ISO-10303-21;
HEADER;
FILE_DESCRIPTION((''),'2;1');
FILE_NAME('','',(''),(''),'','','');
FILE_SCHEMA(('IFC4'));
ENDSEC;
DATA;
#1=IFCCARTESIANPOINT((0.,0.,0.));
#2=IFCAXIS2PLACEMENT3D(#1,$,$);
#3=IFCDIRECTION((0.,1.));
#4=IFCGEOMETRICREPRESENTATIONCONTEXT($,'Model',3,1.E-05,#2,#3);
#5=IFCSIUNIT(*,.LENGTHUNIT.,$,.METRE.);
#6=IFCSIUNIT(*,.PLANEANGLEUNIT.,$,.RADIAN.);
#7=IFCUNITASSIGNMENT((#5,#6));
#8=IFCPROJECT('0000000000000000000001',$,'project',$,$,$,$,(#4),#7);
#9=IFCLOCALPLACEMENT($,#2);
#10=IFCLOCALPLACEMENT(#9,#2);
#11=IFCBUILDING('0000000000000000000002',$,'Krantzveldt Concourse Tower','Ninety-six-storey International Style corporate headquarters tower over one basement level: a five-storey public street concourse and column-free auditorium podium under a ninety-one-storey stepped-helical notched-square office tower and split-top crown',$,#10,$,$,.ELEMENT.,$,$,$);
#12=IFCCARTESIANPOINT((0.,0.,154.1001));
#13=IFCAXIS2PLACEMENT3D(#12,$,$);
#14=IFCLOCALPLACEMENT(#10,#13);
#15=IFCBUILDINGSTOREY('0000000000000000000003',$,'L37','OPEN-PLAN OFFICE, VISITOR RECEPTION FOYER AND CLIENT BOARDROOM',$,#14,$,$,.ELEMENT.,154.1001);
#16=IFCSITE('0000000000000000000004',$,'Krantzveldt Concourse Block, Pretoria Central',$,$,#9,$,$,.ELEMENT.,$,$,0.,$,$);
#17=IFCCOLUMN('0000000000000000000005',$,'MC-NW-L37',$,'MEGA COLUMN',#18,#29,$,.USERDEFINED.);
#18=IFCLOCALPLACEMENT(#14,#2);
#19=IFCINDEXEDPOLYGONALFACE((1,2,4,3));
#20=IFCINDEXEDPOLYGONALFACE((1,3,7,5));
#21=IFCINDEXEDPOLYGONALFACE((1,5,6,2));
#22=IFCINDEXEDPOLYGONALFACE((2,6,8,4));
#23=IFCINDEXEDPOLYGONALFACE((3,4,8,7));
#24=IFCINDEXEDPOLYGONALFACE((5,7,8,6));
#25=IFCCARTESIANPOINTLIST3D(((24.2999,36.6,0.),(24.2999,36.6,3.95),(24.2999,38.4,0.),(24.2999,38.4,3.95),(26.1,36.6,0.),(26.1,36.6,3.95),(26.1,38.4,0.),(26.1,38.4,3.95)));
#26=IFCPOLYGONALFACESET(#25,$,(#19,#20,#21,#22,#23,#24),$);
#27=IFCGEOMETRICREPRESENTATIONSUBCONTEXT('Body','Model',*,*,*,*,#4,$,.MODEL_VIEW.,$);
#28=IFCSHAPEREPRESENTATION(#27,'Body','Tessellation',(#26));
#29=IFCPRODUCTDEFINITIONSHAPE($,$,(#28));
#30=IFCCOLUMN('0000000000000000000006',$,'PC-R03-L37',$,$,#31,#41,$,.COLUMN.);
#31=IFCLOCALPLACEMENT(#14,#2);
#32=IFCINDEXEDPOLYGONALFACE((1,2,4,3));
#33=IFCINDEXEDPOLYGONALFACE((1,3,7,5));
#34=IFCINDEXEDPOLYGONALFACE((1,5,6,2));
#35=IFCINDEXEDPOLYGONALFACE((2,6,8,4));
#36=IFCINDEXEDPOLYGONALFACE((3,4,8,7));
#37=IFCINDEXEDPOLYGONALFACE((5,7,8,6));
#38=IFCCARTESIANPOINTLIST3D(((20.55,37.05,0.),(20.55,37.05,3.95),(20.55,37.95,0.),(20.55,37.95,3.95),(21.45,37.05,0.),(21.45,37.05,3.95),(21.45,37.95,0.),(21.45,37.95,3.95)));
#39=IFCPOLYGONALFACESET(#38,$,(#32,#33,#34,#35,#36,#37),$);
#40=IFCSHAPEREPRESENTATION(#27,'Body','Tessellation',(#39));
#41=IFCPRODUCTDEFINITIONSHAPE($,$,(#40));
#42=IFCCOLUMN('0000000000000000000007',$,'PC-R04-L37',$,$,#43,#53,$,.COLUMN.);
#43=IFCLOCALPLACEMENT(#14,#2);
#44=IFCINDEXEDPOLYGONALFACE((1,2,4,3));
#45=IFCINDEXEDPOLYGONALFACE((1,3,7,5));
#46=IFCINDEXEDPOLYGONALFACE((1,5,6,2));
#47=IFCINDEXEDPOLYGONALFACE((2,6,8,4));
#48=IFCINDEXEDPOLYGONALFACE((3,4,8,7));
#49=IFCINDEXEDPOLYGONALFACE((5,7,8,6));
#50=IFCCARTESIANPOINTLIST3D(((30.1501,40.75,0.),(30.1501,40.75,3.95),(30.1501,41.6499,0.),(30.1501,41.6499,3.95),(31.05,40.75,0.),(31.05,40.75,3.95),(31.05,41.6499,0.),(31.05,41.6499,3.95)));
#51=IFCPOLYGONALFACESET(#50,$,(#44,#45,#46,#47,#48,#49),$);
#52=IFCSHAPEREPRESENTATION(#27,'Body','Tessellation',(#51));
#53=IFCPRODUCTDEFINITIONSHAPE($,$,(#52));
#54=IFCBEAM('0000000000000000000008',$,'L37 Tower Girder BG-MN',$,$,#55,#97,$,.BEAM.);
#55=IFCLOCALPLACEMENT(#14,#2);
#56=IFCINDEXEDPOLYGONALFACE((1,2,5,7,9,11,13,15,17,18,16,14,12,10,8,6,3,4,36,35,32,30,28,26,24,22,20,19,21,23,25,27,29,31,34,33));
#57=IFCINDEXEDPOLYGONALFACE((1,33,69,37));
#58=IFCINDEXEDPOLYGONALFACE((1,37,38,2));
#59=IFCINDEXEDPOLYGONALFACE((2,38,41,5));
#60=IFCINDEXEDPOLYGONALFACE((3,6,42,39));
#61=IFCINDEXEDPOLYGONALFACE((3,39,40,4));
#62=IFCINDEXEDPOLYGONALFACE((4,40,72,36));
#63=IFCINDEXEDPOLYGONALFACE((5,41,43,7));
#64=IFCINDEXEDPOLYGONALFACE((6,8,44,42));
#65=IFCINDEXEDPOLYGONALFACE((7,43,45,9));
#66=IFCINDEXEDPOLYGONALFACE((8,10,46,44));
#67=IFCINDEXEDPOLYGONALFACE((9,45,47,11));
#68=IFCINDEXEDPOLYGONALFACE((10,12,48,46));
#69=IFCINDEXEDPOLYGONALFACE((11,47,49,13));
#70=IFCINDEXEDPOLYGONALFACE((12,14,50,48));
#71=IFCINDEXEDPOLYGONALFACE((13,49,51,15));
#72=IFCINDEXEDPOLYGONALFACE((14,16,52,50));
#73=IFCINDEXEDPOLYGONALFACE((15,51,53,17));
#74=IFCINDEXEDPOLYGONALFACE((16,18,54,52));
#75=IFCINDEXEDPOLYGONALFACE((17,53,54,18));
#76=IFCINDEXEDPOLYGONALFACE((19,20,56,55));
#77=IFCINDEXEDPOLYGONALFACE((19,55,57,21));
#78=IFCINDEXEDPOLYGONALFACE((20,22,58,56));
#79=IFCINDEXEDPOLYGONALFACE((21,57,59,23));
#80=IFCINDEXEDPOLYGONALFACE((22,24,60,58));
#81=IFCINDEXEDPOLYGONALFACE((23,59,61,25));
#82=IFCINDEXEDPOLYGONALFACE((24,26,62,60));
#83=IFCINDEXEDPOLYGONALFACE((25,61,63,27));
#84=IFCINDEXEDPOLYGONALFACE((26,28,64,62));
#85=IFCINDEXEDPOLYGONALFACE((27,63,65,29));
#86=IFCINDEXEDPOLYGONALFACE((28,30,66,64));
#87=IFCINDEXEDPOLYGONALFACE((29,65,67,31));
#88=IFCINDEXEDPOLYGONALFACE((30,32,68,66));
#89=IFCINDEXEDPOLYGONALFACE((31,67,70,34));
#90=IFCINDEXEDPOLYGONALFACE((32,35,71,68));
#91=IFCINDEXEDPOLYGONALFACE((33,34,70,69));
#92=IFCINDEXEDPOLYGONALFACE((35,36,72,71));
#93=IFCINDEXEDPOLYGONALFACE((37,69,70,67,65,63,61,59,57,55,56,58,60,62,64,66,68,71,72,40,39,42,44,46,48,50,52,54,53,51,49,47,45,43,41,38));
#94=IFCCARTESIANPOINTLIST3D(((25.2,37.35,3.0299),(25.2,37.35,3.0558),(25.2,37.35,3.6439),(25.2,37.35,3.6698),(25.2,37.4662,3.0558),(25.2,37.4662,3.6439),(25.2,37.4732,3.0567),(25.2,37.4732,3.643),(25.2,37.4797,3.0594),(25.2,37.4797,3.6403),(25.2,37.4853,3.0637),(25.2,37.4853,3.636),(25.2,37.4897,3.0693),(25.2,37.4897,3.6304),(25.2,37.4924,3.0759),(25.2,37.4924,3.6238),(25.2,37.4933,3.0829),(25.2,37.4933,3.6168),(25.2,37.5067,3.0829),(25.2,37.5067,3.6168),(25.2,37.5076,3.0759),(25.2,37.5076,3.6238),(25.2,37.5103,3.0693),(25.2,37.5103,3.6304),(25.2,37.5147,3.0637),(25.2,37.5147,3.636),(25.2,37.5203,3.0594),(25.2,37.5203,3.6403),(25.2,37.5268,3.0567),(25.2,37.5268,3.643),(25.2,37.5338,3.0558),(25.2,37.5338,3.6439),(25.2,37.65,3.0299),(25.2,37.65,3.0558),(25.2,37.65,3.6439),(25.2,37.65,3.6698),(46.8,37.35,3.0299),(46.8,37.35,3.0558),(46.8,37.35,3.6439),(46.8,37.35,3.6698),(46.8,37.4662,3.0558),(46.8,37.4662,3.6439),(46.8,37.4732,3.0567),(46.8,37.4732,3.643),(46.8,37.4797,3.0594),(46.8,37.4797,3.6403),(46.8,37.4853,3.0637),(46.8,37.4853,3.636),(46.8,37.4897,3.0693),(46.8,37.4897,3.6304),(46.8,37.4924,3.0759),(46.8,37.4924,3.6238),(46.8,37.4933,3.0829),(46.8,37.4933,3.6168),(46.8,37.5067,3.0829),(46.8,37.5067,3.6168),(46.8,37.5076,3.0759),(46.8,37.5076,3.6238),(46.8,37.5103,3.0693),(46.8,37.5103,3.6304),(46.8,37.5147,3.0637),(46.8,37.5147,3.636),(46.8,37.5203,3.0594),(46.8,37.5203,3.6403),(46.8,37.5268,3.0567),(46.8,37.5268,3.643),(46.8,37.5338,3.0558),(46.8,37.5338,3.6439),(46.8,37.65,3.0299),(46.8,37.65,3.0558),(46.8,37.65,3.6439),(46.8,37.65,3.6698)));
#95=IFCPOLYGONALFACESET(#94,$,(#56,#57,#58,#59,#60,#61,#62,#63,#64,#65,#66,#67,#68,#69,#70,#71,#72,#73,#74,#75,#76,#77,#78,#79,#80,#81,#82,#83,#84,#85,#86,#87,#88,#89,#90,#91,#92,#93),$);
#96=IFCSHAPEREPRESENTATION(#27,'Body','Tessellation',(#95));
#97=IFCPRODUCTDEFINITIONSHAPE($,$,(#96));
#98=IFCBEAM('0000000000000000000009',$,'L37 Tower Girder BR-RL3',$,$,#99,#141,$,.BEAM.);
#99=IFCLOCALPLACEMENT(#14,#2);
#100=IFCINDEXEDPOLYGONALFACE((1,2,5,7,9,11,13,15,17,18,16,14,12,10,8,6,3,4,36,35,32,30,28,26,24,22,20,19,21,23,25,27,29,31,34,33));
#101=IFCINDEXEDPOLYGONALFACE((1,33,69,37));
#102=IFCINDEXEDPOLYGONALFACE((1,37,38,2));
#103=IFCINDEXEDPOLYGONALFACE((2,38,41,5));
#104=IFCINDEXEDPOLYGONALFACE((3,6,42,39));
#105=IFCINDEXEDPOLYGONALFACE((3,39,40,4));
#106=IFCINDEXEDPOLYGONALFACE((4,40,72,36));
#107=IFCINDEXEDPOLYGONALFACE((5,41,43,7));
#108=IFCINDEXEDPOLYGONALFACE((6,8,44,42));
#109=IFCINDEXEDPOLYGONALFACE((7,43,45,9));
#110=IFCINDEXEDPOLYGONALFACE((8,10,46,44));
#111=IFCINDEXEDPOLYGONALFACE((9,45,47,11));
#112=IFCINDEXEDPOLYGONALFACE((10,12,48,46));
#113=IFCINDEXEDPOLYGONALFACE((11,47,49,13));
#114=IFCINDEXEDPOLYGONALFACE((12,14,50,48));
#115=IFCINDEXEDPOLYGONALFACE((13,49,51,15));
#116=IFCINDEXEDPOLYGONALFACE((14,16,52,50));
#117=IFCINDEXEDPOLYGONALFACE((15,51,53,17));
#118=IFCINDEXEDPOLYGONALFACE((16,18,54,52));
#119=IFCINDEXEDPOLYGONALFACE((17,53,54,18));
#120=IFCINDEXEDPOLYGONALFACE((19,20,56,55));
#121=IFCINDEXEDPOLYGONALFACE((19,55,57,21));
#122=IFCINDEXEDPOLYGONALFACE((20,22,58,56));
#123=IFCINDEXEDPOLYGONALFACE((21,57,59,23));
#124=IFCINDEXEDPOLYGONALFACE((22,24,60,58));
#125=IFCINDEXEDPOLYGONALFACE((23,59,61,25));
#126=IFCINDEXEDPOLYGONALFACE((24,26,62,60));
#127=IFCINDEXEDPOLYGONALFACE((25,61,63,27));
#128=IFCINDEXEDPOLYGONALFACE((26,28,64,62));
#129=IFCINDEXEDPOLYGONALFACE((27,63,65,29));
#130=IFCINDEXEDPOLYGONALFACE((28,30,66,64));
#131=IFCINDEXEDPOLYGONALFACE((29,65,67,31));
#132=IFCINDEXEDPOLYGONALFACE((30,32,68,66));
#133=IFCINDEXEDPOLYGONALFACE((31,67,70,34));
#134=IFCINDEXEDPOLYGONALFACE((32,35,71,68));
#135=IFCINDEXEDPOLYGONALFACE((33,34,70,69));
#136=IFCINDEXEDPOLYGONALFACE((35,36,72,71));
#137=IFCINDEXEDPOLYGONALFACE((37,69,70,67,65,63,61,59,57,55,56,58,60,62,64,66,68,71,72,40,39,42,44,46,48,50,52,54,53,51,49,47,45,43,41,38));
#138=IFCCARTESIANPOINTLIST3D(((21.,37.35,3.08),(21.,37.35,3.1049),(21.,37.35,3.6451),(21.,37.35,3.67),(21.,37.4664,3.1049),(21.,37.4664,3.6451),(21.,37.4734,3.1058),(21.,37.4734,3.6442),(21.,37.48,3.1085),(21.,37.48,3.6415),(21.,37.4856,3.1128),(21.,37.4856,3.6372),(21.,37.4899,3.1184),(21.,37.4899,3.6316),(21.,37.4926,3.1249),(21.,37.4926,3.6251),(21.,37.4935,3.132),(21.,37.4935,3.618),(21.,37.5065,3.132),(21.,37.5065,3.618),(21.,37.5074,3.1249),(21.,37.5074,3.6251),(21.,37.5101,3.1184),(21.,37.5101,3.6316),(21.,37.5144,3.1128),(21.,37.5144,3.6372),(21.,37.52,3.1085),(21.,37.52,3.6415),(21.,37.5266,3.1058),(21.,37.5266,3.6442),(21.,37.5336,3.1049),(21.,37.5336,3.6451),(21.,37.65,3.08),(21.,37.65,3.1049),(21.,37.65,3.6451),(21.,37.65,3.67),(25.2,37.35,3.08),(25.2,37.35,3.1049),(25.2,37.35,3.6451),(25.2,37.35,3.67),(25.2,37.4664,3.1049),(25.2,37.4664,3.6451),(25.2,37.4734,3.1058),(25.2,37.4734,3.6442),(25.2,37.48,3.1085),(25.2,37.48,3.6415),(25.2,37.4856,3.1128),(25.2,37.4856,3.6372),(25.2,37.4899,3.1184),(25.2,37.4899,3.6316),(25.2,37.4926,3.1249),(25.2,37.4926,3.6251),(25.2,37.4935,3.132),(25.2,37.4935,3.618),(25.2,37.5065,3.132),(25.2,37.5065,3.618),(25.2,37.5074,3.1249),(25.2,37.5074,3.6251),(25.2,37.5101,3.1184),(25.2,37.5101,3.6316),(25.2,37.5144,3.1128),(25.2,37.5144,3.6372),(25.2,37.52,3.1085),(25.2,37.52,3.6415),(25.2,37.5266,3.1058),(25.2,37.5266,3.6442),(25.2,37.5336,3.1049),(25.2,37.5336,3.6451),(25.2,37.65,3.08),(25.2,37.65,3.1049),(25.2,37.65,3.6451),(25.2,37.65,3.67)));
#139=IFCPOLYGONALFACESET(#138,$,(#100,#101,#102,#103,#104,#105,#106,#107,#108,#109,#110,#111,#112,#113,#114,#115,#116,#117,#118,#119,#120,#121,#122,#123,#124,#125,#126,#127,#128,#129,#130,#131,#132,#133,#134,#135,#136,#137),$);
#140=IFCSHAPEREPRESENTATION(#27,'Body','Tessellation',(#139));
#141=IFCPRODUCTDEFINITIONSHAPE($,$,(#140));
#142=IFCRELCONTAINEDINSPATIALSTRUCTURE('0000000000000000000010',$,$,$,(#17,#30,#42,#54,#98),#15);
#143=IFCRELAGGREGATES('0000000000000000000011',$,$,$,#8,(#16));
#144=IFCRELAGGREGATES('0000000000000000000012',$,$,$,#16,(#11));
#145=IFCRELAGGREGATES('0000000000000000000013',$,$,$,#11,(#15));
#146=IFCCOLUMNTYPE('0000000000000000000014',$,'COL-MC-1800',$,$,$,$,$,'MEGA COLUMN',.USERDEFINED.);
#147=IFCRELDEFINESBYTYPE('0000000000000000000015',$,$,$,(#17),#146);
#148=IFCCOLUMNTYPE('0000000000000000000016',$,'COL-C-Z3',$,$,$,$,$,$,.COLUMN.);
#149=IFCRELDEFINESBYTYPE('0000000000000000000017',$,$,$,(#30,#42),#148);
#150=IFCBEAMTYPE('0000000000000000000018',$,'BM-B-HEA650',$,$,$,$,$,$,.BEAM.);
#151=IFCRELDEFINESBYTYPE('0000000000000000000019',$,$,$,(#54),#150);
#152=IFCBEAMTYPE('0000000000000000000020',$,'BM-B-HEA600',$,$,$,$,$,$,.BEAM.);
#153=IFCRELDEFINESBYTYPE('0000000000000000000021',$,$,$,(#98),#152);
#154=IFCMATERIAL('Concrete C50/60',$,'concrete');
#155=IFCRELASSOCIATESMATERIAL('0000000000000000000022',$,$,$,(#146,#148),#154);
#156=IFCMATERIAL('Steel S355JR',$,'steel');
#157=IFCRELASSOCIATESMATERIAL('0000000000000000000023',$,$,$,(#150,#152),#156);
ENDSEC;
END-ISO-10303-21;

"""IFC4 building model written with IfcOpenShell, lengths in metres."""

from ifc_helpers import new_model, si_unit, direction, frame, origin, origin_2d, place, context, subcontext, project, spatial, rectangle, i_section, extrude, source, transform, mapped, material, material_profile, profile_set, type_object, type_shapes, element, save


model = new_model("IFC4")

# Units and contexts
model_context = context("Model", 3, precision=1e-05, world=origin(), true_north=direction((0.0, 1.0)))
body_context = subcontext(model_context, "Body", "Model", "MODEL_VIEW")
ifc_project = project(units=[si_unit("LENGTHUNIT", "METRE"), si_unit("PLANEANGLEUNIT", "RADIAN")], contexts=[model_context])

# Site, building, storey
site_placement = place(None, origin())
site = spatial("IfcSite", under=ifc_project, at=site_placement, Name="Krantzveldt Concourse Block, Pretoria Central", CompositionType="ELEMENT", RefElevation=0.0)
building_placement = place(site_placement, origin())
building = spatial("IfcBuilding", under=site, at=building_placement, Name="Krantzveldt Concourse Tower", Description="Ninety-six-storey International Style corporate headquarters tower over one basement level: a five-storey public street concourse and column-free auditorium podium under a ninety-one-storey stepped-helical notched-square office tower and split-top crown", CompositionType="ELEMENT")
storey_placement = place(building_placement, frame((0.0, 0.0, 154.1001)))
storey = spatial("IfcBuildingStorey", under=building, at=storey_placement, Name="L37", Description="OPEN-PLAN OFFICE, VISITOR RECEPTION FOYER AND CLIENT BOARDROOM", CompositionType="ELEMENT", Elevation=154.1001)

# Columns
ifc_material_1 = material(Name="Concrete C50/60", Category="concrete")
ifc_material_profile_1 = material_profile(ifc_material_1, rectangle(XDim=1.8, YDim=1.8, at=origin_2d()), Name="Concrete C50/60", Category="concrete")
ifc_profile_set_1 = profile_set([ifc_material_profile_1], Name="Concrete C50/60 - RC 1800x1800")
column_type_1 = type_object("IfcColumnType", Name="COL-MC-1800", ElementType="MEGA COLUMN", PredefinedType="USERDEFINED", material=ifc_profile_set_1)
shared_shape_1 = source(origin(), body_context, "Body", "SweptSolid", [
    extrude(rectangle(XDim=1.8, YDim=1.8, at=origin_2d()), origin(), (0.0, 0.0, 1.0), 3.95),
])
type_shapes(column_type_1, [shared_shape_1])
column_placement = place(storey_placement, frame((25.2, 37.5, 0.0), z_axis=(0.0, 0.0, 1.0), x_axis=(1.0, 0.0, 0.0)))
element("IfcColumn", 1, at=column_placement, inside=storey, type_object=column_type_1, Name="MC-NW-L37", ObjectType="MEGA COLUMN", PredefinedType="USERDEFINED", context=body_context, shape_type="MappedRepresentation", body=[
    mapped(shared_shape_1, transform((0.0, 0.0, 0.0), x_axis=(1.0, 0.0, 0.0), y_axis=(0.0, 1.0, 0.0), z_axis=(0.0, 0.0, 1.0), scale=1.0)),
])
ifc_material_profile_2 = material_profile(ifc_material_1, rectangle(XDim=0.8999, YDim=0.8999, at=origin_2d()), Name="Concrete C50/60", Category="concrete")
ifc_profile_set_2 = profile_set([ifc_material_profile_2], Name="Concrete C50/60 - RC 900x900")
column_type_2 = type_object("IfcColumnType", Name="COL-C-Z3", PredefinedType="COLUMN", material=ifc_profile_set_2)
shared_shape_2 = source(origin(), body_context, "Body", "SweptSolid", [
    extrude(rectangle(XDim=0.8999, YDim=0.8999, at=origin_2d()), origin(), (0.0, 0.0, 1.0), 3.95),
])
type_shapes(column_type_2, [shared_shape_2])
for number, where, z_axis, x_axis, name in (
    (2, (21.0, 37.5, 0.0), (0.0, 0.0, 1.0), (1.0, 0.0, 0.0), "PC-R03-L37"),
    (3, (30.6001, 41.2, 0.0), (0.0, 0.0, 1.0), (1.0, 0.0, 0.0), "PC-R04-L37"),
):
    element("IfcColumn", number, at=place(storey_placement, frame(where, z_axis=z_axis, x_axis=x_axis)), inside=storey, type_object=column_type_2, Name=name, PredefinedType="COLUMN", context=body_context, shape_type="MappedRepresentation", body=[
        mapped(shared_shape_2, transform((0.0, 0.0, 0.0), x_axis=(1.0, 0.0, 0.0), y_axis=(0.0, 1.0, 0.0), z_axis=(0.0, 0.0, 1.0), scale=1.0)),
    ])

# Beams
ifc_material_2 = material(Name="Steel S355JR", Category="steel")
ifc_material_profile_3 = material_profile(ifc_material_2, i_section(OverallWidth=0.3, OverallDepth=0.6399, WebThickness=0.0134, FlangeThickness=0.0259, FilletRadius=0.0271, at=origin_2d()), Name="Steel S355JR", Category="steel")
ifc_profile_set_3 = profile_set([ifc_material_profile_3], Name="Steel S355JR - HEA 650")
beam_type_1 = type_object("IfcBeamType", Name="BM-B-HEA650", PredefinedType="BEAM", material=ifc_profile_set_3)
shared_shape_3 = source(origin(), body_context, "Body", "SweptSolid", [
    extrude(i_section(OverallWidth=0.3, OverallDepth=0.6399, WebThickness=0.0134, FlangeThickness=0.0259, FilletRadius=0.0271, at=origin_2d()), origin(), (0.0, 0.0, 1.0), 21.6001),
])
type_shapes(beam_type_1, [shared_shape_3])
beam_1_placement = place(storey_placement, frame((25.2, 37.5, 3.3499), z_axis=(1.0, 0.0, 0.0), x_axis=(0.0, 1.0, 0.0)))
element("IfcBeam", 4, at=beam_1_placement, inside=storey, type_object=beam_type_1, Name="L37 Tower Girder BG-MN", PredefinedType="BEAM", context=body_context, shape_type="MappedRepresentation", body=[
    mapped(shared_shape_3, transform((0.0, 0.0, 0.0), x_axis=(1.0, 0.0, 0.0), y_axis=(0.0, 1.0, 0.0), z_axis=(0.0, 0.0, 1.0), scale=1.0)),
])
ifc_material_profile_4 = material_profile(ifc_material_2, i_section(OverallWidth=0.3, OverallDepth=0.5901, WebThickness=0.0129, FlangeThickness=0.0249, FilletRadius=0.0271, at=origin_2d()), Name="Steel S355JR", Category="steel")
ifc_profile_set_4 = profile_set([ifc_material_profile_4], Name="Steel S355JR - HEA 600")
beam_type_2 = type_object("IfcBeamType", Name="BM-B-HEA600", PredefinedType="BEAM", material=ifc_profile_set_4)
shared_shape_4 = source(origin(), body_context, "Body", "SweptSolid", [
    extrude(i_section(OverallWidth=0.3, OverallDepth=0.5901, WebThickness=0.0129, FlangeThickness=0.0249, FilletRadius=0.0271, at=origin_2d()), origin(), (0.0, 0.0, 1.0), 4.2),
])
beam_2_placement = place(storey_placement, frame((21.0, 37.5, 3.375), z_axis=(1.0, 0.0, 0.0), x_axis=(0.0, 1.0, 0.0)))
element("IfcBeam", 5, at=beam_2_placement, inside=storey, type_object=beam_type_2, Name="L37 Tower Girder BR-RL3", PredefinedType="BEAM", context=body_context, shape_type="MappedRepresentation", body=[
    mapped(shared_shape_4, transform((0.0, 0.0, 0.0), x_axis=(1.0, 0.0, 0.0), y_axis=(0.0, 1.0, 0.0), z_axis=(0.0, 0.0, 1.0), scale=1.0)),
])

save(model, "model.ifc")
